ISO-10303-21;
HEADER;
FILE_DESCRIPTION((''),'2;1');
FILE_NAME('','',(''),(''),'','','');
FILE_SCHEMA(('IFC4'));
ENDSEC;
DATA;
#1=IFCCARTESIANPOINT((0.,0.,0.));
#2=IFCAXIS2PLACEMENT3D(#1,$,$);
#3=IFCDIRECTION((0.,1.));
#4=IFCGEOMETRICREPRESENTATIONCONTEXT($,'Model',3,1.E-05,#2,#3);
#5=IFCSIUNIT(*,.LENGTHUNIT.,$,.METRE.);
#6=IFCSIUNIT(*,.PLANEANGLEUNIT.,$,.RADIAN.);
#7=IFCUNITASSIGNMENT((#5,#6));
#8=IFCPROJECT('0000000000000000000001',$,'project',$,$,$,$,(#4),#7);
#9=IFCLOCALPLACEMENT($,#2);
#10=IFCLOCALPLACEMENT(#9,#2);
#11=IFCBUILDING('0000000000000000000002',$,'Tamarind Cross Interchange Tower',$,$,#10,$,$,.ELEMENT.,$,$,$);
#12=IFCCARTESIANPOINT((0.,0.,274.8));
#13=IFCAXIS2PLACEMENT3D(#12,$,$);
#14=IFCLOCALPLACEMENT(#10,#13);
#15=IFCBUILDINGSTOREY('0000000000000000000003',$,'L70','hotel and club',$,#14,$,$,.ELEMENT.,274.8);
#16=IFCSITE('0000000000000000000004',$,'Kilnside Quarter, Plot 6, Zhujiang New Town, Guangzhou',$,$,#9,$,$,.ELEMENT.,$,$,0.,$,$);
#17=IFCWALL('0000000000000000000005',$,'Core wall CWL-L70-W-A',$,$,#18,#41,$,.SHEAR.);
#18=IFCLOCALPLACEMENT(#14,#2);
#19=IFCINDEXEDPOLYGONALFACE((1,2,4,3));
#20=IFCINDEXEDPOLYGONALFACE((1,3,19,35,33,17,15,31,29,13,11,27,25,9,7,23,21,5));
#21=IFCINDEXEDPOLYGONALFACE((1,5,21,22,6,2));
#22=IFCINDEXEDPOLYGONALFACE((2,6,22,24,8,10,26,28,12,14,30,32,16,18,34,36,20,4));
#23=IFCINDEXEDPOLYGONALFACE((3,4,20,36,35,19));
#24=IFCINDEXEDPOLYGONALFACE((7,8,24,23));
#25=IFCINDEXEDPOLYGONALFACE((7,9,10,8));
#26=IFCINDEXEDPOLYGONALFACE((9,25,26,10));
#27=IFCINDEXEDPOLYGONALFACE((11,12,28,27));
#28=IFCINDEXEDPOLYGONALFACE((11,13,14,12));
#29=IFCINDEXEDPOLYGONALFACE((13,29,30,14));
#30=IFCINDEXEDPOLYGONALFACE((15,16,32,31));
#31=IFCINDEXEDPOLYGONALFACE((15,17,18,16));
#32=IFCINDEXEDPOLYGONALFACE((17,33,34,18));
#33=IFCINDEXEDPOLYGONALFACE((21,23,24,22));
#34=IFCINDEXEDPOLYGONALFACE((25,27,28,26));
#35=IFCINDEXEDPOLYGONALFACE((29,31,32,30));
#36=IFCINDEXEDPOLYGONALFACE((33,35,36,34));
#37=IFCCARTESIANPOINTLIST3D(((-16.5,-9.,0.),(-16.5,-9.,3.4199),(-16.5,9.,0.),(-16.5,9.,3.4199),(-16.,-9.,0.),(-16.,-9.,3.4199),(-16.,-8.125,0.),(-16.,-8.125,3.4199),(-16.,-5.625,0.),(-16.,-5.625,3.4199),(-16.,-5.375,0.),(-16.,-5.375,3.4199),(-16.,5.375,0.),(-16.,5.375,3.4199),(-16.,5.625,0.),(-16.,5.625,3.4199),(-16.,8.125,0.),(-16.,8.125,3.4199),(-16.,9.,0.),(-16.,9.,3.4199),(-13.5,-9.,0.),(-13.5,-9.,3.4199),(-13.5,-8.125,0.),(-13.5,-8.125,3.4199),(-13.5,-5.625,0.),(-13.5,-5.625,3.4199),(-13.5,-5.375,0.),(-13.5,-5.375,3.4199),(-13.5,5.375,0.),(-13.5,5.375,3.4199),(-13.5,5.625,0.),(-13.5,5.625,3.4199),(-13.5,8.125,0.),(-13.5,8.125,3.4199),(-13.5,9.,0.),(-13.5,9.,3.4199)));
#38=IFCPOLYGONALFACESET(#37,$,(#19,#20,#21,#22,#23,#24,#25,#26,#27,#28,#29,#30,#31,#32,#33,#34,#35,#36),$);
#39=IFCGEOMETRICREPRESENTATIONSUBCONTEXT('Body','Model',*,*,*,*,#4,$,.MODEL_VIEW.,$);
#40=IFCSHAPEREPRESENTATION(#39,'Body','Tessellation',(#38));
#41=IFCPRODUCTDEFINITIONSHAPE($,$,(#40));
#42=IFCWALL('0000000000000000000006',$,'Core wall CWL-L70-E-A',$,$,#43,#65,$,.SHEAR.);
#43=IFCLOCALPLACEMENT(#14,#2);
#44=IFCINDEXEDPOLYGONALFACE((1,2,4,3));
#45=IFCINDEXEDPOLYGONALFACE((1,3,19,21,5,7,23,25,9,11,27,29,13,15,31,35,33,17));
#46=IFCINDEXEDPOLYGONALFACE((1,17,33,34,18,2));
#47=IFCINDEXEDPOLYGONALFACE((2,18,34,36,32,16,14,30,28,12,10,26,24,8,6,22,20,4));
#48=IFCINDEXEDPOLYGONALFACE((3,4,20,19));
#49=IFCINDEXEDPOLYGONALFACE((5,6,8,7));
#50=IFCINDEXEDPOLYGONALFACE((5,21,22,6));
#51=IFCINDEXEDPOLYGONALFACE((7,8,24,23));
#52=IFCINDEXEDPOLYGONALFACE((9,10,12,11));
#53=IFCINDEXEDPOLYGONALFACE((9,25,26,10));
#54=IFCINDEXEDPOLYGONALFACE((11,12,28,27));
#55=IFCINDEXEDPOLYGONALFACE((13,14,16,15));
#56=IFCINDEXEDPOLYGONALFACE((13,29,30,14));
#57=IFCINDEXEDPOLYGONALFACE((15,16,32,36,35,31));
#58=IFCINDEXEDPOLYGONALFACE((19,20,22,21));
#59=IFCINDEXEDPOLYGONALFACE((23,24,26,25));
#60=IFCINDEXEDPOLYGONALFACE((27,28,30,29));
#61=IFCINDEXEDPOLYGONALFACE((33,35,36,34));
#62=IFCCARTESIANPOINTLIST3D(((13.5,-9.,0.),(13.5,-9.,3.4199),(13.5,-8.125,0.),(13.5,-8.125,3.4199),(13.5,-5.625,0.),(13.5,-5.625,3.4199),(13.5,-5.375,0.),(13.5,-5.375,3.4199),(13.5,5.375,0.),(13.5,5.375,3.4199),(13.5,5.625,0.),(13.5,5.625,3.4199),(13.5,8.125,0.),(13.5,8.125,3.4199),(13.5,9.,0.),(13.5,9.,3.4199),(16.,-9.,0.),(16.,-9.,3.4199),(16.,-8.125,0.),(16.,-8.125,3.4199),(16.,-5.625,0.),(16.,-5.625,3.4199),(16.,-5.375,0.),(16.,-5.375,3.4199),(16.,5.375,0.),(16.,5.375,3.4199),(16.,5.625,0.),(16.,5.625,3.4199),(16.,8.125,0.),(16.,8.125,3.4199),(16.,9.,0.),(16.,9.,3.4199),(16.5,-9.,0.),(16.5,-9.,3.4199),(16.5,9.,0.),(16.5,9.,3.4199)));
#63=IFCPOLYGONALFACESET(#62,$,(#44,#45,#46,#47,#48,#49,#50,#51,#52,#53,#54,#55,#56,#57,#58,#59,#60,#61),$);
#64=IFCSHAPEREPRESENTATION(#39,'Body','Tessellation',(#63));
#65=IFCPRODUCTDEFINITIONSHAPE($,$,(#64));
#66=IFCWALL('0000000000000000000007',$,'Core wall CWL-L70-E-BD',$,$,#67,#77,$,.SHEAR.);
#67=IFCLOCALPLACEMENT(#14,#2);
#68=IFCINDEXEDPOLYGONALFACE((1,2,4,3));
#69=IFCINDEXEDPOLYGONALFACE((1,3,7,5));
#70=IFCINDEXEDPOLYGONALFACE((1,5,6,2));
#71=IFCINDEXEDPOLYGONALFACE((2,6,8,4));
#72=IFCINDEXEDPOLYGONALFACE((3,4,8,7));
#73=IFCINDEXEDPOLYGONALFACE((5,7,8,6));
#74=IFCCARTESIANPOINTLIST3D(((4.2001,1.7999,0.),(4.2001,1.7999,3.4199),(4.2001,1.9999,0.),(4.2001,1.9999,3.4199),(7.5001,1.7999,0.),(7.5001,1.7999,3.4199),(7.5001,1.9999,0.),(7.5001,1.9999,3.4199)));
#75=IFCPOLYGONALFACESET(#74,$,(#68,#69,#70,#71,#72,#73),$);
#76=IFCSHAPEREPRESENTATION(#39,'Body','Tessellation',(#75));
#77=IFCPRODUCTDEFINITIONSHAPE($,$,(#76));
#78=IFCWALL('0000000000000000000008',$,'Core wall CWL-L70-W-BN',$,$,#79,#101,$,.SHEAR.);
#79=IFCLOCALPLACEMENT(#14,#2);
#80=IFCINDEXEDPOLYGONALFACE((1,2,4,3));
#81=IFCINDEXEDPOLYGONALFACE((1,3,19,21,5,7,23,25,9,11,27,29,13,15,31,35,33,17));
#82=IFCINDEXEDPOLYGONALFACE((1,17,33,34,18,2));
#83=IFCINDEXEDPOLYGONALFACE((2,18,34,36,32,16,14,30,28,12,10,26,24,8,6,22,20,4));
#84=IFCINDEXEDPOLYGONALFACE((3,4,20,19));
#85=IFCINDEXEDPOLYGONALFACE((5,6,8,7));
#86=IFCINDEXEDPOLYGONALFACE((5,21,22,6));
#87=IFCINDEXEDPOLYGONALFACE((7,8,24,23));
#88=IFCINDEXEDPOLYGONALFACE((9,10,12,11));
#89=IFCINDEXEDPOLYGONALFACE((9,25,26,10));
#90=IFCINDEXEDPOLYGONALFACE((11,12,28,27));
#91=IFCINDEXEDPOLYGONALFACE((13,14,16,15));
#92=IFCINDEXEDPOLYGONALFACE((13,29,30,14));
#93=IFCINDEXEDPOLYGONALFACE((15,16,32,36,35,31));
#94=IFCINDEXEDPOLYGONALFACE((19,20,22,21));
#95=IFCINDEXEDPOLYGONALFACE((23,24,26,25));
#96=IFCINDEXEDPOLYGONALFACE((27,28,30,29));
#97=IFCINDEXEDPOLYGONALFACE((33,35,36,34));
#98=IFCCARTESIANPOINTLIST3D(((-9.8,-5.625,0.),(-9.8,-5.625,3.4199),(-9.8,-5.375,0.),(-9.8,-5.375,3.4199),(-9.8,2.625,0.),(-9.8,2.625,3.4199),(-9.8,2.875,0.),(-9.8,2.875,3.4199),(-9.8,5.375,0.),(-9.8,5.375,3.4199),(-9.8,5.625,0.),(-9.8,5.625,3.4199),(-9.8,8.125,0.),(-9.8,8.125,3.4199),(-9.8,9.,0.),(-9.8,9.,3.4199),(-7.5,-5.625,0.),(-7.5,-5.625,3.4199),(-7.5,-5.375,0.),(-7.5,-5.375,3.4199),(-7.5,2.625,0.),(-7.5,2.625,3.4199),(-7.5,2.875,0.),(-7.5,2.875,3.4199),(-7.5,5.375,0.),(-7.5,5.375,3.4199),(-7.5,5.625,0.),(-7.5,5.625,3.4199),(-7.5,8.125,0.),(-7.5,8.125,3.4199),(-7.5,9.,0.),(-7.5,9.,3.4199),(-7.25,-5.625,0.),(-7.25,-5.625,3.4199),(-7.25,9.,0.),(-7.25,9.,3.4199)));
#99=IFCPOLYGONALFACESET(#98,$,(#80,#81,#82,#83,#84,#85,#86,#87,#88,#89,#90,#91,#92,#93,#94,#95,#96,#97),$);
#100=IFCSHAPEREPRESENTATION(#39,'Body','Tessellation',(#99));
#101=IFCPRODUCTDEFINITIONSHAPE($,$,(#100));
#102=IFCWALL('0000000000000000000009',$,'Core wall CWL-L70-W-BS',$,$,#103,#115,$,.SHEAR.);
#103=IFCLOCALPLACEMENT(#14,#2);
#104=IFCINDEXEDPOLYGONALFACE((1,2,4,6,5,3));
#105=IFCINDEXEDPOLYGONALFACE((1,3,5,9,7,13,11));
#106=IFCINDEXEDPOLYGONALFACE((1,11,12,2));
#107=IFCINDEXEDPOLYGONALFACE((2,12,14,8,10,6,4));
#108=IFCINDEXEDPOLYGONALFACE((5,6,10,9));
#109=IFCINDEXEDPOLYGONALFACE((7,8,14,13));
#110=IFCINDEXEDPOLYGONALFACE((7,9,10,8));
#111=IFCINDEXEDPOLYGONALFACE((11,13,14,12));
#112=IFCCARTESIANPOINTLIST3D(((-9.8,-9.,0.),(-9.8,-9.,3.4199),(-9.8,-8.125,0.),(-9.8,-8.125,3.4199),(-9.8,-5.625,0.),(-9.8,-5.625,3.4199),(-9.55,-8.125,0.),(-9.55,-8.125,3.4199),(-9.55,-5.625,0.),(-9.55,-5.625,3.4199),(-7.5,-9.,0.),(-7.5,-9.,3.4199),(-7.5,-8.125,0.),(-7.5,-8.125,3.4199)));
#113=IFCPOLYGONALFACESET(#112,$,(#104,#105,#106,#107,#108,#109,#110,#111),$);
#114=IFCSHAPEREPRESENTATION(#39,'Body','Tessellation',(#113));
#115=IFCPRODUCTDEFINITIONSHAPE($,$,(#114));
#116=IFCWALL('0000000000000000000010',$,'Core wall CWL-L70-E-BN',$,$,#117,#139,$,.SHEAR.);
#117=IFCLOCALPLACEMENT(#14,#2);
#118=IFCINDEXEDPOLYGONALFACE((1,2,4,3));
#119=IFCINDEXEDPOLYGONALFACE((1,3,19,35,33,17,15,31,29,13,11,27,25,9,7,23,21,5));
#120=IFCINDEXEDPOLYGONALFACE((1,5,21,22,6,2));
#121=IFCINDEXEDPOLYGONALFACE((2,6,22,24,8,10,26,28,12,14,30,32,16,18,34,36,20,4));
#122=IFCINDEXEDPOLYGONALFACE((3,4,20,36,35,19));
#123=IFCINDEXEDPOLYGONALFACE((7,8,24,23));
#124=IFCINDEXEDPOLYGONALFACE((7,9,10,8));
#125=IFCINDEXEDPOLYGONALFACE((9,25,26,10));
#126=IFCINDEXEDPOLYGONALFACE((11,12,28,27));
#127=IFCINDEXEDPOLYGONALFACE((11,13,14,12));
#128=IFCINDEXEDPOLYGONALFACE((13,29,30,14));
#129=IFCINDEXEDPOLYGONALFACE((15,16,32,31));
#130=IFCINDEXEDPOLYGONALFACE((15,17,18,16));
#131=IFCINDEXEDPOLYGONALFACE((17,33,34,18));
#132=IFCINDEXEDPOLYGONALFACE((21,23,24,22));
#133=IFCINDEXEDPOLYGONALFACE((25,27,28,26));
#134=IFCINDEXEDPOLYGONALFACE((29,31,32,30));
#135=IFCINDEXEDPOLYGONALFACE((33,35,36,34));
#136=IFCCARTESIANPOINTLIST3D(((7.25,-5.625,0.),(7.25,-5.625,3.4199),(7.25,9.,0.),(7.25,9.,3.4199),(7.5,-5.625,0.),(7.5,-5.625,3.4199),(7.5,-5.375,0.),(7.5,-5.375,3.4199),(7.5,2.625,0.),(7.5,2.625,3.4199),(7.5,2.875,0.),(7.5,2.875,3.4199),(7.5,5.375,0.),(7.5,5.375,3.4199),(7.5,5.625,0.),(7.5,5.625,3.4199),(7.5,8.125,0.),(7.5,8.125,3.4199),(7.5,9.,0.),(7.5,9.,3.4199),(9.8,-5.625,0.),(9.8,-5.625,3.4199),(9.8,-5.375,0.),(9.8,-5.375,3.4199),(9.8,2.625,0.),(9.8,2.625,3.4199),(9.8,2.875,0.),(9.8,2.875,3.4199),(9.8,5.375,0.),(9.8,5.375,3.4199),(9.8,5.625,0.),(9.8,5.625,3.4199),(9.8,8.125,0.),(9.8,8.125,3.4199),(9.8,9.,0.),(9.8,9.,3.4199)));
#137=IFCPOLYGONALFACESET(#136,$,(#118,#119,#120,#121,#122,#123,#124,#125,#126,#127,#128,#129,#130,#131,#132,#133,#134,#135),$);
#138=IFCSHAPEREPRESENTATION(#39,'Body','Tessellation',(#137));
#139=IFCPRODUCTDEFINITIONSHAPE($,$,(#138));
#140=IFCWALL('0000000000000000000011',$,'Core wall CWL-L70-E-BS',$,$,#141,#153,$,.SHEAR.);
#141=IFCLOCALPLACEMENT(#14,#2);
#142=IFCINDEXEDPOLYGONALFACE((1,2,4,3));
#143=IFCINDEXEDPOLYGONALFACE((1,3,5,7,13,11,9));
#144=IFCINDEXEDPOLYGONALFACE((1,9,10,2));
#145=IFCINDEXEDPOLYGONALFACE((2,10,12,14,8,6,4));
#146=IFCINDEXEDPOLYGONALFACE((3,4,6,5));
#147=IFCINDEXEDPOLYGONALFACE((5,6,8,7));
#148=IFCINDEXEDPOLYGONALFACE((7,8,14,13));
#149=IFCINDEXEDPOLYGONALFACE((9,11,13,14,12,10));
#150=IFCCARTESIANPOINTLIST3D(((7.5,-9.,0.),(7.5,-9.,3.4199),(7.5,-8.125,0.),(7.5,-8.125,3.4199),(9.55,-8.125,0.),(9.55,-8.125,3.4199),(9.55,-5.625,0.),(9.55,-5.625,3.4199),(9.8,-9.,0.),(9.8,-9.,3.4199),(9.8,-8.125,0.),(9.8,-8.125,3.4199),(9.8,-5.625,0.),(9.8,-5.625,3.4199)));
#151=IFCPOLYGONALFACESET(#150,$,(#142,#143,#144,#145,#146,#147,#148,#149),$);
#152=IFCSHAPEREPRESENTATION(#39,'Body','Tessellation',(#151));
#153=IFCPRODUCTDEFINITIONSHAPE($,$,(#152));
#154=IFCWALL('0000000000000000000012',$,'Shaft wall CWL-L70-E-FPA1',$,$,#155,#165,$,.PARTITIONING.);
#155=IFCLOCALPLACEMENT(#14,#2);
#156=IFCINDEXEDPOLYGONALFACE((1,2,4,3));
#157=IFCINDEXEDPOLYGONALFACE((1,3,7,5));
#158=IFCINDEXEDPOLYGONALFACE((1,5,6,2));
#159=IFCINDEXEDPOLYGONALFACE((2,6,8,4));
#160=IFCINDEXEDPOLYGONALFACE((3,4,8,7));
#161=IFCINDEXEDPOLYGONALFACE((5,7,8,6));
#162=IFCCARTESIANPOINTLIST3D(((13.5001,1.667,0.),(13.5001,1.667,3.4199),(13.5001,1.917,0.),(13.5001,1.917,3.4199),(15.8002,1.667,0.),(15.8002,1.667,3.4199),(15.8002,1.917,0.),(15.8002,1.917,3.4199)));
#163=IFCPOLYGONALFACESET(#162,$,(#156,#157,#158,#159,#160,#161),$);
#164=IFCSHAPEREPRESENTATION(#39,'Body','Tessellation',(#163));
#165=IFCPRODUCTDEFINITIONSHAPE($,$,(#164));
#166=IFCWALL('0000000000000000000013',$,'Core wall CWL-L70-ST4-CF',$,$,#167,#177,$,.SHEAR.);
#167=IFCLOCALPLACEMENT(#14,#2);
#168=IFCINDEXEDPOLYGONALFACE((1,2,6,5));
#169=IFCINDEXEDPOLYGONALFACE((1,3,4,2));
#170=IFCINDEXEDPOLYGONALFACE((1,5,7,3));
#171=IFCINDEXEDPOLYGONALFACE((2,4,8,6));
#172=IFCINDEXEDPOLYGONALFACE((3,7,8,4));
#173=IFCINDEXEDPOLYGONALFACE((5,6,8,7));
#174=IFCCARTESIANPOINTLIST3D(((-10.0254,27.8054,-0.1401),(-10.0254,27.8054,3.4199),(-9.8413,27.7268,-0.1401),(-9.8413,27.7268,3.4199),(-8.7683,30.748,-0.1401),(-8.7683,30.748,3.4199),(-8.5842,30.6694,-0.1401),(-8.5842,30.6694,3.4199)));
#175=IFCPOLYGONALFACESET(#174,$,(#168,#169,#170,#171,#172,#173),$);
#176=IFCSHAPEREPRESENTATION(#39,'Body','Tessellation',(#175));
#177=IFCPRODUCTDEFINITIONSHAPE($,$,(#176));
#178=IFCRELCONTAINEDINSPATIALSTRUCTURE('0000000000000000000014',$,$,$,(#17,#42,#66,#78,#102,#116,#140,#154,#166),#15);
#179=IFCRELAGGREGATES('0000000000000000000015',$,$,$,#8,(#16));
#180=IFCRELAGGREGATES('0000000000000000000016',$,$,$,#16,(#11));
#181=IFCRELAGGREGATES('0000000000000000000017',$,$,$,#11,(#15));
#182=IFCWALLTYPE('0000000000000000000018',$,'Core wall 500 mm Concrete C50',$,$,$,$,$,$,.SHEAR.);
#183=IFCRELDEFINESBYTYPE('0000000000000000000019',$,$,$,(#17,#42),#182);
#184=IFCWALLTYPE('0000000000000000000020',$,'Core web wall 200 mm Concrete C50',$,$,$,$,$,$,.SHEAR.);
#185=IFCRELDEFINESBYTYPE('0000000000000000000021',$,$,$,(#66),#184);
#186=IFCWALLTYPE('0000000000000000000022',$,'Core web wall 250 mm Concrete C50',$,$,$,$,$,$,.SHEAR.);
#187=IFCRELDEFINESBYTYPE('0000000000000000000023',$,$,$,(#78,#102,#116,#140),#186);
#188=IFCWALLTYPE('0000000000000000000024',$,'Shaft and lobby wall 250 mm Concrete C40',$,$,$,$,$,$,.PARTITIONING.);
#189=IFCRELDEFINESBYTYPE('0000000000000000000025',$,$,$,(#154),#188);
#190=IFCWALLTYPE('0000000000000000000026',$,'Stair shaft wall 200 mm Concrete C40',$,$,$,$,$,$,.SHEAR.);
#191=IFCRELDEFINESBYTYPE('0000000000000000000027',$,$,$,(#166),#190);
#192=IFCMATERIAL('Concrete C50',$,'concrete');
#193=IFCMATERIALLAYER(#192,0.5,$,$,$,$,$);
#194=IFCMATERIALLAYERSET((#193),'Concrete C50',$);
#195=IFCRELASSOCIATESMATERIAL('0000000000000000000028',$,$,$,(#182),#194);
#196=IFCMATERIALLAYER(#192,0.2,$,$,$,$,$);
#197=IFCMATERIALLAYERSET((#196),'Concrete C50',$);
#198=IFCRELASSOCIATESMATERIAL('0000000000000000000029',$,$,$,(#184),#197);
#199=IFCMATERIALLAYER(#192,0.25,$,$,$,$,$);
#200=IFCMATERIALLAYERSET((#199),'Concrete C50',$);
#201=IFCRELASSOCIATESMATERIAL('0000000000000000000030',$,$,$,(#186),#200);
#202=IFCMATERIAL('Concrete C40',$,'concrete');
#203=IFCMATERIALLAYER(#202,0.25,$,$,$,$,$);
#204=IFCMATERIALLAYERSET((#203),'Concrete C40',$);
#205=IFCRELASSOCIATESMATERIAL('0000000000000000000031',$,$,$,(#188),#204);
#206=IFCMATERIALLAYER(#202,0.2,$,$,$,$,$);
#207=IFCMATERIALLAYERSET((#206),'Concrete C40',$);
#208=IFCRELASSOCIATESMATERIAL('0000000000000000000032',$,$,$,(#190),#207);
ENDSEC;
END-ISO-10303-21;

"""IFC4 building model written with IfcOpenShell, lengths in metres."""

from ifc_helpers import new_model, si_unit, direction, frame, frame_2d, origin, place, context, subcontext, project, spatial, polyline, rectangle, outline, extrude, material, layer, layer_set, type_object, element, save


model = new_model("IFC4")

# Units and contexts
model_context = context("Model", 3, precision=1e-05, world=origin(), true_north=direction((0.0, 1.0)))
body_context = subcontext(model_context, "Body", "Model", "MODEL_VIEW")
ifc_project = project(units=[si_unit("LENGTHUNIT", "METRE"), si_unit("PLANEANGLEUNIT", "RADIAN")], contexts=[model_context])

# Site, building, storey
site_placement = place(None, origin())
site = spatial("IfcSite", under=ifc_project, at=site_placement, Name="Kilnside Quarter, Plot 6, Zhujiang New Town, Guangzhou", CompositionType="ELEMENT", RefElevation=0.0)
building_placement = place(site_placement, origin())
building = spatial("IfcBuilding", under=site, at=building_placement, Name="Tamarind Cross Interchange Tower", CompositionType="ELEMENT")
storey_placement = place(building_placement, frame((0.0, 0.0, 274.8)))
storey = spatial("IfcBuildingStorey", under=building, at=storey_placement, Name="L70", Description="hotel and club", CompositionType="ELEMENT", Elevation=274.8)

# Shared definitions
ifc_material_1 = material(Name="Concrete C40", Category="concrete")

# Walls
ifc_material_2 = material(Name="Concrete C50", Category="concrete")
ifc_layer_1 = layer(ifc_material_2, 0.5)
ifc_layer_set_1 = layer_set([ifc_layer_1], Name="Concrete C50")
wall_type_1 = type_object("IfcWallType", Name="Core wall 500 mm Concrete C50", PredefinedType="SHEAR", material=ifc_layer_set_1)
wall_1_placement = place(storey_placement, origin())
element("IfcWall", 1, at=wall_1_placement, inside=storey, type_object=wall_type_1, Name="Core wall CWL-L70-W-A", PredefinedType="SHEAR", context=body_context, shape_type="SweptSolid", body=[
    extrude(outline(polyline([(-13.5, -8.125), (-16.0, -8.125), (-16.0, -5.625), (-13.5, -5.625), (-13.5, -5.375), (-16.0, -5.375), (-16.0, 5.375), (-13.5, 5.375), (-13.5, 5.625), (-16.0, 5.625), (-16.0, 8.125), (-13.5, 8.125), (-13.5, 9.0), (-16.0, 9.0), (-16.5, 9.0), (-16.5, -9.0), (-16.0, -9.0), (-13.5, -9.0), (-13.5, -8.125)])), origin(), (0.0, 0.0, 1.0), 3.4199),
])
wall_2_placement = place(storey_placement, origin())
element("IfcWall", 2, at=wall_2_placement, inside=storey, type_object=wall_type_1, Name="Core wall CWL-L70-E-A", PredefinedType="SHEAR", context=body_context, shape_type="SweptSolid", body=[
    extrude(outline(polyline([(13.5, -8.125), (13.5, -9.0), (16.0, -9.0), (16.5, -9.0), (16.5, 9.0), (16.0, 9.0), (13.5, 9.0), (13.5, 8.125), (16.0, 8.125), (16.0, 5.625), (13.5, 5.625), (13.5, 5.375), (16.0, 5.375), (16.0, -5.375), (13.5, -5.375), (13.5, -5.625), (16.0, -5.625), (16.0, -8.125), (13.5, -8.125)])), origin(), (0.0, 0.0, 1.0), 3.4199),
])
ifc_layer_2 = layer(ifc_material_2, 0.2)
ifc_layer_set_2 = layer_set([ifc_layer_2], Name="Concrete C50")
wall_type_2 = type_object("IfcWallType", Name="Core web wall 200 mm Concrete C50", PredefinedType="SHEAR", material=ifc_layer_set_2)
wall_3_placement = place(storey_placement, frame((7.5, 1.8999, 0.0), z_axis=(0.0, 0.0, 1.0), x_axis=(-1.0, 0.0, 0.0)))
element("IfcWall", 3, at=wall_3_placement, inside=storey, type_object=wall_type_2, Name="Core wall CWL-L70-E-BD", PredefinedType="SHEAR", context=body_context, shape_type="SweptSolid", body=[
    extrude(rectangle(XDim=3.3, YDim=0.2, at=frame_2d((1.6499, 0.0))), origin(), (0.0, 0.0, 1.0), 3.4199),
])
ifc_layer_3 = layer(ifc_material_2, 0.25)
ifc_layer_set_3 = layer_set([ifc_layer_3], Name="Concrete C50")
wall_type_3 = type_object("IfcWallType", Name="Core web wall 250 mm Concrete C50", PredefinedType="SHEAR", material=ifc_layer_set_3)
wall_4_placement = place(storey_placement, origin())
element("IfcWall", 4, at=wall_4_placement, inside=storey, type_object=wall_type_3, Name="Core wall CWL-L70-W-BN", PredefinedType="SHEAR", context=body_context, shape_type="SweptSolid", body=[
    extrude(outline(polyline([(-9.8, -5.375), (-9.8, -5.625), (-7.5, -5.625), (-7.25, -5.625), (-7.25, 9.0), (-7.5, 9.0), (-9.8, 9.0), (-9.8, 8.125), (-7.5, 8.125), (-7.5, 5.625), (-9.8, 5.625), (-9.8, 5.375), (-7.5, 5.375), (-7.5, 2.875), (-9.8, 2.875), (-9.8, 2.625), (-7.5, 2.625), (-7.5, -5.375), (-9.8, -5.375)])), origin(), (0.0, 0.0, 1.0), 3.4199),
])
wall_5_placement = place(storey_placement, origin())
element("IfcWall", 5, at=wall_5_placement, inside=storey, type_object=wall_type_3, Name="Core wall CWL-L70-W-BS", PredefinedType="SHEAR", context=body_context, shape_type="SweptSolid", body=[
    extrude(outline(polyline([(-7.5, -8.125), (-9.55, -8.125), (-9.55, -5.625), (-9.8, -5.625), (-9.8, -8.125), (-9.8, -9.0), (-7.5, -9.0), (-7.5, -8.125)])), origin(), (0.0, 0.0, 1.0), 3.4199),
])
wall_6_placement = place(storey_placement, origin())
element("IfcWall", 6, at=wall_6_placement, inside=storey, type_object=wall_type_3, Name="Core wall CWL-L70-E-BN", PredefinedType="SHEAR", context=body_context, shape_type="SweptSolid", body=[
    extrude(outline(polyline([(9.8, -5.375), (7.5, -5.375), (7.5, 2.625), (9.8, 2.625), (9.8, 2.875), (7.5, 2.875), (7.5, 5.375), (9.8, 5.375), (9.8, 5.625), (7.5, 5.625), (7.5, 8.125), (9.8, 8.125), (9.8, 9.0), (7.5, 9.0), (7.25, 9.0), (7.25, -5.625), (7.5, -5.625), (9.8, -5.625), (9.8, -5.375)])), origin(), (0.0, 0.0, 1.0), 3.4199),
])
wall_7_placement = place(storey_placement, origin())
element("IfcWall", 7, at=wall_7_placement, inside=storey, type_object=wall_type_3, Name="Core wall CWL-L70-E-BS", PredefinedType="SHEAR", context=body_context, shape_type="SweptSolid", body=[
    extrude(outline(polyline([(7.5, -8.125), (7.5, -9.0), (9.8, -9.0), (9.8, -8.125), (9.8, -5.625), (9.55, -5.625), (9.55, -8.125), (7.5, -8.125)])), origin(), (0.0, 0.0, 1.0), 3.4199),
])
ifc_layer_4 = layer(ifc_material_1, 0.25)
ifc_layer_set_4 = layer_set([ifc_layer_4], Name="Concrete C40")
wall_type_4 = type_object("IfcWallType", Name="Shaft and lobby wall 250 mm Concrete C40", PredefinedType="PARTITIONING", material=ifc_layer_set_4)
wall_8_placement = place(storey_placement, frame((15.8, 1.792, 0.0), z_axis=(0.0, 0.0, 1.0), x_axis=(-1.0, 0.0, 0.0)))
element("IfcWall", 8, at=wall_8_placement, inside=storey, type_object=wall_type_4, Name="Shaft wall CWL-L70-E-FPA1", PredefinedType="PARTITIONING", context=body_context, shape_type="SweptSolid", body=[
    extrude(rectangle(XDim=2.3, YDim=0.25, at=frame_2d((1.1499, 0.0))), origin(), (0.0, 0.0, 1.0), 3.4199),
])
ifc_layer_5 = layer(ifc_material_1, 0.2)
ifc_layer_set_5 = layer_set([ifc_layer_5], Name="Concrete C40")
wall_type_5 = type_object("IfcWallType", Name="Stair shaft wall 200 mm Concrete C40", PredefinedType="SHEAR", material=ifc_layer_set_5)
wall_9_placement = place(storey_placement, frame((0.0, 0.0, -0.1401)))
element("IfcWall", 9, at=wall_9_placement, inside=storey, type_object=wall_type_5, Name="Core wall CWL-L70-ST4-CF", PredefinedType="SHEAR", context=body_context, shape_type="SweptSolid", body=[
    extrude(outline(polyline([(-8.5842, 30.6694), (-8.7683, 30.748), (-10.0254, 27.8054), (-9.8413, 27.7268), (-8.5842, 30.6694)])), origin(), (0.0, 0.0, 1.0), 3.5601),
])

save(model, "model.ifc")
